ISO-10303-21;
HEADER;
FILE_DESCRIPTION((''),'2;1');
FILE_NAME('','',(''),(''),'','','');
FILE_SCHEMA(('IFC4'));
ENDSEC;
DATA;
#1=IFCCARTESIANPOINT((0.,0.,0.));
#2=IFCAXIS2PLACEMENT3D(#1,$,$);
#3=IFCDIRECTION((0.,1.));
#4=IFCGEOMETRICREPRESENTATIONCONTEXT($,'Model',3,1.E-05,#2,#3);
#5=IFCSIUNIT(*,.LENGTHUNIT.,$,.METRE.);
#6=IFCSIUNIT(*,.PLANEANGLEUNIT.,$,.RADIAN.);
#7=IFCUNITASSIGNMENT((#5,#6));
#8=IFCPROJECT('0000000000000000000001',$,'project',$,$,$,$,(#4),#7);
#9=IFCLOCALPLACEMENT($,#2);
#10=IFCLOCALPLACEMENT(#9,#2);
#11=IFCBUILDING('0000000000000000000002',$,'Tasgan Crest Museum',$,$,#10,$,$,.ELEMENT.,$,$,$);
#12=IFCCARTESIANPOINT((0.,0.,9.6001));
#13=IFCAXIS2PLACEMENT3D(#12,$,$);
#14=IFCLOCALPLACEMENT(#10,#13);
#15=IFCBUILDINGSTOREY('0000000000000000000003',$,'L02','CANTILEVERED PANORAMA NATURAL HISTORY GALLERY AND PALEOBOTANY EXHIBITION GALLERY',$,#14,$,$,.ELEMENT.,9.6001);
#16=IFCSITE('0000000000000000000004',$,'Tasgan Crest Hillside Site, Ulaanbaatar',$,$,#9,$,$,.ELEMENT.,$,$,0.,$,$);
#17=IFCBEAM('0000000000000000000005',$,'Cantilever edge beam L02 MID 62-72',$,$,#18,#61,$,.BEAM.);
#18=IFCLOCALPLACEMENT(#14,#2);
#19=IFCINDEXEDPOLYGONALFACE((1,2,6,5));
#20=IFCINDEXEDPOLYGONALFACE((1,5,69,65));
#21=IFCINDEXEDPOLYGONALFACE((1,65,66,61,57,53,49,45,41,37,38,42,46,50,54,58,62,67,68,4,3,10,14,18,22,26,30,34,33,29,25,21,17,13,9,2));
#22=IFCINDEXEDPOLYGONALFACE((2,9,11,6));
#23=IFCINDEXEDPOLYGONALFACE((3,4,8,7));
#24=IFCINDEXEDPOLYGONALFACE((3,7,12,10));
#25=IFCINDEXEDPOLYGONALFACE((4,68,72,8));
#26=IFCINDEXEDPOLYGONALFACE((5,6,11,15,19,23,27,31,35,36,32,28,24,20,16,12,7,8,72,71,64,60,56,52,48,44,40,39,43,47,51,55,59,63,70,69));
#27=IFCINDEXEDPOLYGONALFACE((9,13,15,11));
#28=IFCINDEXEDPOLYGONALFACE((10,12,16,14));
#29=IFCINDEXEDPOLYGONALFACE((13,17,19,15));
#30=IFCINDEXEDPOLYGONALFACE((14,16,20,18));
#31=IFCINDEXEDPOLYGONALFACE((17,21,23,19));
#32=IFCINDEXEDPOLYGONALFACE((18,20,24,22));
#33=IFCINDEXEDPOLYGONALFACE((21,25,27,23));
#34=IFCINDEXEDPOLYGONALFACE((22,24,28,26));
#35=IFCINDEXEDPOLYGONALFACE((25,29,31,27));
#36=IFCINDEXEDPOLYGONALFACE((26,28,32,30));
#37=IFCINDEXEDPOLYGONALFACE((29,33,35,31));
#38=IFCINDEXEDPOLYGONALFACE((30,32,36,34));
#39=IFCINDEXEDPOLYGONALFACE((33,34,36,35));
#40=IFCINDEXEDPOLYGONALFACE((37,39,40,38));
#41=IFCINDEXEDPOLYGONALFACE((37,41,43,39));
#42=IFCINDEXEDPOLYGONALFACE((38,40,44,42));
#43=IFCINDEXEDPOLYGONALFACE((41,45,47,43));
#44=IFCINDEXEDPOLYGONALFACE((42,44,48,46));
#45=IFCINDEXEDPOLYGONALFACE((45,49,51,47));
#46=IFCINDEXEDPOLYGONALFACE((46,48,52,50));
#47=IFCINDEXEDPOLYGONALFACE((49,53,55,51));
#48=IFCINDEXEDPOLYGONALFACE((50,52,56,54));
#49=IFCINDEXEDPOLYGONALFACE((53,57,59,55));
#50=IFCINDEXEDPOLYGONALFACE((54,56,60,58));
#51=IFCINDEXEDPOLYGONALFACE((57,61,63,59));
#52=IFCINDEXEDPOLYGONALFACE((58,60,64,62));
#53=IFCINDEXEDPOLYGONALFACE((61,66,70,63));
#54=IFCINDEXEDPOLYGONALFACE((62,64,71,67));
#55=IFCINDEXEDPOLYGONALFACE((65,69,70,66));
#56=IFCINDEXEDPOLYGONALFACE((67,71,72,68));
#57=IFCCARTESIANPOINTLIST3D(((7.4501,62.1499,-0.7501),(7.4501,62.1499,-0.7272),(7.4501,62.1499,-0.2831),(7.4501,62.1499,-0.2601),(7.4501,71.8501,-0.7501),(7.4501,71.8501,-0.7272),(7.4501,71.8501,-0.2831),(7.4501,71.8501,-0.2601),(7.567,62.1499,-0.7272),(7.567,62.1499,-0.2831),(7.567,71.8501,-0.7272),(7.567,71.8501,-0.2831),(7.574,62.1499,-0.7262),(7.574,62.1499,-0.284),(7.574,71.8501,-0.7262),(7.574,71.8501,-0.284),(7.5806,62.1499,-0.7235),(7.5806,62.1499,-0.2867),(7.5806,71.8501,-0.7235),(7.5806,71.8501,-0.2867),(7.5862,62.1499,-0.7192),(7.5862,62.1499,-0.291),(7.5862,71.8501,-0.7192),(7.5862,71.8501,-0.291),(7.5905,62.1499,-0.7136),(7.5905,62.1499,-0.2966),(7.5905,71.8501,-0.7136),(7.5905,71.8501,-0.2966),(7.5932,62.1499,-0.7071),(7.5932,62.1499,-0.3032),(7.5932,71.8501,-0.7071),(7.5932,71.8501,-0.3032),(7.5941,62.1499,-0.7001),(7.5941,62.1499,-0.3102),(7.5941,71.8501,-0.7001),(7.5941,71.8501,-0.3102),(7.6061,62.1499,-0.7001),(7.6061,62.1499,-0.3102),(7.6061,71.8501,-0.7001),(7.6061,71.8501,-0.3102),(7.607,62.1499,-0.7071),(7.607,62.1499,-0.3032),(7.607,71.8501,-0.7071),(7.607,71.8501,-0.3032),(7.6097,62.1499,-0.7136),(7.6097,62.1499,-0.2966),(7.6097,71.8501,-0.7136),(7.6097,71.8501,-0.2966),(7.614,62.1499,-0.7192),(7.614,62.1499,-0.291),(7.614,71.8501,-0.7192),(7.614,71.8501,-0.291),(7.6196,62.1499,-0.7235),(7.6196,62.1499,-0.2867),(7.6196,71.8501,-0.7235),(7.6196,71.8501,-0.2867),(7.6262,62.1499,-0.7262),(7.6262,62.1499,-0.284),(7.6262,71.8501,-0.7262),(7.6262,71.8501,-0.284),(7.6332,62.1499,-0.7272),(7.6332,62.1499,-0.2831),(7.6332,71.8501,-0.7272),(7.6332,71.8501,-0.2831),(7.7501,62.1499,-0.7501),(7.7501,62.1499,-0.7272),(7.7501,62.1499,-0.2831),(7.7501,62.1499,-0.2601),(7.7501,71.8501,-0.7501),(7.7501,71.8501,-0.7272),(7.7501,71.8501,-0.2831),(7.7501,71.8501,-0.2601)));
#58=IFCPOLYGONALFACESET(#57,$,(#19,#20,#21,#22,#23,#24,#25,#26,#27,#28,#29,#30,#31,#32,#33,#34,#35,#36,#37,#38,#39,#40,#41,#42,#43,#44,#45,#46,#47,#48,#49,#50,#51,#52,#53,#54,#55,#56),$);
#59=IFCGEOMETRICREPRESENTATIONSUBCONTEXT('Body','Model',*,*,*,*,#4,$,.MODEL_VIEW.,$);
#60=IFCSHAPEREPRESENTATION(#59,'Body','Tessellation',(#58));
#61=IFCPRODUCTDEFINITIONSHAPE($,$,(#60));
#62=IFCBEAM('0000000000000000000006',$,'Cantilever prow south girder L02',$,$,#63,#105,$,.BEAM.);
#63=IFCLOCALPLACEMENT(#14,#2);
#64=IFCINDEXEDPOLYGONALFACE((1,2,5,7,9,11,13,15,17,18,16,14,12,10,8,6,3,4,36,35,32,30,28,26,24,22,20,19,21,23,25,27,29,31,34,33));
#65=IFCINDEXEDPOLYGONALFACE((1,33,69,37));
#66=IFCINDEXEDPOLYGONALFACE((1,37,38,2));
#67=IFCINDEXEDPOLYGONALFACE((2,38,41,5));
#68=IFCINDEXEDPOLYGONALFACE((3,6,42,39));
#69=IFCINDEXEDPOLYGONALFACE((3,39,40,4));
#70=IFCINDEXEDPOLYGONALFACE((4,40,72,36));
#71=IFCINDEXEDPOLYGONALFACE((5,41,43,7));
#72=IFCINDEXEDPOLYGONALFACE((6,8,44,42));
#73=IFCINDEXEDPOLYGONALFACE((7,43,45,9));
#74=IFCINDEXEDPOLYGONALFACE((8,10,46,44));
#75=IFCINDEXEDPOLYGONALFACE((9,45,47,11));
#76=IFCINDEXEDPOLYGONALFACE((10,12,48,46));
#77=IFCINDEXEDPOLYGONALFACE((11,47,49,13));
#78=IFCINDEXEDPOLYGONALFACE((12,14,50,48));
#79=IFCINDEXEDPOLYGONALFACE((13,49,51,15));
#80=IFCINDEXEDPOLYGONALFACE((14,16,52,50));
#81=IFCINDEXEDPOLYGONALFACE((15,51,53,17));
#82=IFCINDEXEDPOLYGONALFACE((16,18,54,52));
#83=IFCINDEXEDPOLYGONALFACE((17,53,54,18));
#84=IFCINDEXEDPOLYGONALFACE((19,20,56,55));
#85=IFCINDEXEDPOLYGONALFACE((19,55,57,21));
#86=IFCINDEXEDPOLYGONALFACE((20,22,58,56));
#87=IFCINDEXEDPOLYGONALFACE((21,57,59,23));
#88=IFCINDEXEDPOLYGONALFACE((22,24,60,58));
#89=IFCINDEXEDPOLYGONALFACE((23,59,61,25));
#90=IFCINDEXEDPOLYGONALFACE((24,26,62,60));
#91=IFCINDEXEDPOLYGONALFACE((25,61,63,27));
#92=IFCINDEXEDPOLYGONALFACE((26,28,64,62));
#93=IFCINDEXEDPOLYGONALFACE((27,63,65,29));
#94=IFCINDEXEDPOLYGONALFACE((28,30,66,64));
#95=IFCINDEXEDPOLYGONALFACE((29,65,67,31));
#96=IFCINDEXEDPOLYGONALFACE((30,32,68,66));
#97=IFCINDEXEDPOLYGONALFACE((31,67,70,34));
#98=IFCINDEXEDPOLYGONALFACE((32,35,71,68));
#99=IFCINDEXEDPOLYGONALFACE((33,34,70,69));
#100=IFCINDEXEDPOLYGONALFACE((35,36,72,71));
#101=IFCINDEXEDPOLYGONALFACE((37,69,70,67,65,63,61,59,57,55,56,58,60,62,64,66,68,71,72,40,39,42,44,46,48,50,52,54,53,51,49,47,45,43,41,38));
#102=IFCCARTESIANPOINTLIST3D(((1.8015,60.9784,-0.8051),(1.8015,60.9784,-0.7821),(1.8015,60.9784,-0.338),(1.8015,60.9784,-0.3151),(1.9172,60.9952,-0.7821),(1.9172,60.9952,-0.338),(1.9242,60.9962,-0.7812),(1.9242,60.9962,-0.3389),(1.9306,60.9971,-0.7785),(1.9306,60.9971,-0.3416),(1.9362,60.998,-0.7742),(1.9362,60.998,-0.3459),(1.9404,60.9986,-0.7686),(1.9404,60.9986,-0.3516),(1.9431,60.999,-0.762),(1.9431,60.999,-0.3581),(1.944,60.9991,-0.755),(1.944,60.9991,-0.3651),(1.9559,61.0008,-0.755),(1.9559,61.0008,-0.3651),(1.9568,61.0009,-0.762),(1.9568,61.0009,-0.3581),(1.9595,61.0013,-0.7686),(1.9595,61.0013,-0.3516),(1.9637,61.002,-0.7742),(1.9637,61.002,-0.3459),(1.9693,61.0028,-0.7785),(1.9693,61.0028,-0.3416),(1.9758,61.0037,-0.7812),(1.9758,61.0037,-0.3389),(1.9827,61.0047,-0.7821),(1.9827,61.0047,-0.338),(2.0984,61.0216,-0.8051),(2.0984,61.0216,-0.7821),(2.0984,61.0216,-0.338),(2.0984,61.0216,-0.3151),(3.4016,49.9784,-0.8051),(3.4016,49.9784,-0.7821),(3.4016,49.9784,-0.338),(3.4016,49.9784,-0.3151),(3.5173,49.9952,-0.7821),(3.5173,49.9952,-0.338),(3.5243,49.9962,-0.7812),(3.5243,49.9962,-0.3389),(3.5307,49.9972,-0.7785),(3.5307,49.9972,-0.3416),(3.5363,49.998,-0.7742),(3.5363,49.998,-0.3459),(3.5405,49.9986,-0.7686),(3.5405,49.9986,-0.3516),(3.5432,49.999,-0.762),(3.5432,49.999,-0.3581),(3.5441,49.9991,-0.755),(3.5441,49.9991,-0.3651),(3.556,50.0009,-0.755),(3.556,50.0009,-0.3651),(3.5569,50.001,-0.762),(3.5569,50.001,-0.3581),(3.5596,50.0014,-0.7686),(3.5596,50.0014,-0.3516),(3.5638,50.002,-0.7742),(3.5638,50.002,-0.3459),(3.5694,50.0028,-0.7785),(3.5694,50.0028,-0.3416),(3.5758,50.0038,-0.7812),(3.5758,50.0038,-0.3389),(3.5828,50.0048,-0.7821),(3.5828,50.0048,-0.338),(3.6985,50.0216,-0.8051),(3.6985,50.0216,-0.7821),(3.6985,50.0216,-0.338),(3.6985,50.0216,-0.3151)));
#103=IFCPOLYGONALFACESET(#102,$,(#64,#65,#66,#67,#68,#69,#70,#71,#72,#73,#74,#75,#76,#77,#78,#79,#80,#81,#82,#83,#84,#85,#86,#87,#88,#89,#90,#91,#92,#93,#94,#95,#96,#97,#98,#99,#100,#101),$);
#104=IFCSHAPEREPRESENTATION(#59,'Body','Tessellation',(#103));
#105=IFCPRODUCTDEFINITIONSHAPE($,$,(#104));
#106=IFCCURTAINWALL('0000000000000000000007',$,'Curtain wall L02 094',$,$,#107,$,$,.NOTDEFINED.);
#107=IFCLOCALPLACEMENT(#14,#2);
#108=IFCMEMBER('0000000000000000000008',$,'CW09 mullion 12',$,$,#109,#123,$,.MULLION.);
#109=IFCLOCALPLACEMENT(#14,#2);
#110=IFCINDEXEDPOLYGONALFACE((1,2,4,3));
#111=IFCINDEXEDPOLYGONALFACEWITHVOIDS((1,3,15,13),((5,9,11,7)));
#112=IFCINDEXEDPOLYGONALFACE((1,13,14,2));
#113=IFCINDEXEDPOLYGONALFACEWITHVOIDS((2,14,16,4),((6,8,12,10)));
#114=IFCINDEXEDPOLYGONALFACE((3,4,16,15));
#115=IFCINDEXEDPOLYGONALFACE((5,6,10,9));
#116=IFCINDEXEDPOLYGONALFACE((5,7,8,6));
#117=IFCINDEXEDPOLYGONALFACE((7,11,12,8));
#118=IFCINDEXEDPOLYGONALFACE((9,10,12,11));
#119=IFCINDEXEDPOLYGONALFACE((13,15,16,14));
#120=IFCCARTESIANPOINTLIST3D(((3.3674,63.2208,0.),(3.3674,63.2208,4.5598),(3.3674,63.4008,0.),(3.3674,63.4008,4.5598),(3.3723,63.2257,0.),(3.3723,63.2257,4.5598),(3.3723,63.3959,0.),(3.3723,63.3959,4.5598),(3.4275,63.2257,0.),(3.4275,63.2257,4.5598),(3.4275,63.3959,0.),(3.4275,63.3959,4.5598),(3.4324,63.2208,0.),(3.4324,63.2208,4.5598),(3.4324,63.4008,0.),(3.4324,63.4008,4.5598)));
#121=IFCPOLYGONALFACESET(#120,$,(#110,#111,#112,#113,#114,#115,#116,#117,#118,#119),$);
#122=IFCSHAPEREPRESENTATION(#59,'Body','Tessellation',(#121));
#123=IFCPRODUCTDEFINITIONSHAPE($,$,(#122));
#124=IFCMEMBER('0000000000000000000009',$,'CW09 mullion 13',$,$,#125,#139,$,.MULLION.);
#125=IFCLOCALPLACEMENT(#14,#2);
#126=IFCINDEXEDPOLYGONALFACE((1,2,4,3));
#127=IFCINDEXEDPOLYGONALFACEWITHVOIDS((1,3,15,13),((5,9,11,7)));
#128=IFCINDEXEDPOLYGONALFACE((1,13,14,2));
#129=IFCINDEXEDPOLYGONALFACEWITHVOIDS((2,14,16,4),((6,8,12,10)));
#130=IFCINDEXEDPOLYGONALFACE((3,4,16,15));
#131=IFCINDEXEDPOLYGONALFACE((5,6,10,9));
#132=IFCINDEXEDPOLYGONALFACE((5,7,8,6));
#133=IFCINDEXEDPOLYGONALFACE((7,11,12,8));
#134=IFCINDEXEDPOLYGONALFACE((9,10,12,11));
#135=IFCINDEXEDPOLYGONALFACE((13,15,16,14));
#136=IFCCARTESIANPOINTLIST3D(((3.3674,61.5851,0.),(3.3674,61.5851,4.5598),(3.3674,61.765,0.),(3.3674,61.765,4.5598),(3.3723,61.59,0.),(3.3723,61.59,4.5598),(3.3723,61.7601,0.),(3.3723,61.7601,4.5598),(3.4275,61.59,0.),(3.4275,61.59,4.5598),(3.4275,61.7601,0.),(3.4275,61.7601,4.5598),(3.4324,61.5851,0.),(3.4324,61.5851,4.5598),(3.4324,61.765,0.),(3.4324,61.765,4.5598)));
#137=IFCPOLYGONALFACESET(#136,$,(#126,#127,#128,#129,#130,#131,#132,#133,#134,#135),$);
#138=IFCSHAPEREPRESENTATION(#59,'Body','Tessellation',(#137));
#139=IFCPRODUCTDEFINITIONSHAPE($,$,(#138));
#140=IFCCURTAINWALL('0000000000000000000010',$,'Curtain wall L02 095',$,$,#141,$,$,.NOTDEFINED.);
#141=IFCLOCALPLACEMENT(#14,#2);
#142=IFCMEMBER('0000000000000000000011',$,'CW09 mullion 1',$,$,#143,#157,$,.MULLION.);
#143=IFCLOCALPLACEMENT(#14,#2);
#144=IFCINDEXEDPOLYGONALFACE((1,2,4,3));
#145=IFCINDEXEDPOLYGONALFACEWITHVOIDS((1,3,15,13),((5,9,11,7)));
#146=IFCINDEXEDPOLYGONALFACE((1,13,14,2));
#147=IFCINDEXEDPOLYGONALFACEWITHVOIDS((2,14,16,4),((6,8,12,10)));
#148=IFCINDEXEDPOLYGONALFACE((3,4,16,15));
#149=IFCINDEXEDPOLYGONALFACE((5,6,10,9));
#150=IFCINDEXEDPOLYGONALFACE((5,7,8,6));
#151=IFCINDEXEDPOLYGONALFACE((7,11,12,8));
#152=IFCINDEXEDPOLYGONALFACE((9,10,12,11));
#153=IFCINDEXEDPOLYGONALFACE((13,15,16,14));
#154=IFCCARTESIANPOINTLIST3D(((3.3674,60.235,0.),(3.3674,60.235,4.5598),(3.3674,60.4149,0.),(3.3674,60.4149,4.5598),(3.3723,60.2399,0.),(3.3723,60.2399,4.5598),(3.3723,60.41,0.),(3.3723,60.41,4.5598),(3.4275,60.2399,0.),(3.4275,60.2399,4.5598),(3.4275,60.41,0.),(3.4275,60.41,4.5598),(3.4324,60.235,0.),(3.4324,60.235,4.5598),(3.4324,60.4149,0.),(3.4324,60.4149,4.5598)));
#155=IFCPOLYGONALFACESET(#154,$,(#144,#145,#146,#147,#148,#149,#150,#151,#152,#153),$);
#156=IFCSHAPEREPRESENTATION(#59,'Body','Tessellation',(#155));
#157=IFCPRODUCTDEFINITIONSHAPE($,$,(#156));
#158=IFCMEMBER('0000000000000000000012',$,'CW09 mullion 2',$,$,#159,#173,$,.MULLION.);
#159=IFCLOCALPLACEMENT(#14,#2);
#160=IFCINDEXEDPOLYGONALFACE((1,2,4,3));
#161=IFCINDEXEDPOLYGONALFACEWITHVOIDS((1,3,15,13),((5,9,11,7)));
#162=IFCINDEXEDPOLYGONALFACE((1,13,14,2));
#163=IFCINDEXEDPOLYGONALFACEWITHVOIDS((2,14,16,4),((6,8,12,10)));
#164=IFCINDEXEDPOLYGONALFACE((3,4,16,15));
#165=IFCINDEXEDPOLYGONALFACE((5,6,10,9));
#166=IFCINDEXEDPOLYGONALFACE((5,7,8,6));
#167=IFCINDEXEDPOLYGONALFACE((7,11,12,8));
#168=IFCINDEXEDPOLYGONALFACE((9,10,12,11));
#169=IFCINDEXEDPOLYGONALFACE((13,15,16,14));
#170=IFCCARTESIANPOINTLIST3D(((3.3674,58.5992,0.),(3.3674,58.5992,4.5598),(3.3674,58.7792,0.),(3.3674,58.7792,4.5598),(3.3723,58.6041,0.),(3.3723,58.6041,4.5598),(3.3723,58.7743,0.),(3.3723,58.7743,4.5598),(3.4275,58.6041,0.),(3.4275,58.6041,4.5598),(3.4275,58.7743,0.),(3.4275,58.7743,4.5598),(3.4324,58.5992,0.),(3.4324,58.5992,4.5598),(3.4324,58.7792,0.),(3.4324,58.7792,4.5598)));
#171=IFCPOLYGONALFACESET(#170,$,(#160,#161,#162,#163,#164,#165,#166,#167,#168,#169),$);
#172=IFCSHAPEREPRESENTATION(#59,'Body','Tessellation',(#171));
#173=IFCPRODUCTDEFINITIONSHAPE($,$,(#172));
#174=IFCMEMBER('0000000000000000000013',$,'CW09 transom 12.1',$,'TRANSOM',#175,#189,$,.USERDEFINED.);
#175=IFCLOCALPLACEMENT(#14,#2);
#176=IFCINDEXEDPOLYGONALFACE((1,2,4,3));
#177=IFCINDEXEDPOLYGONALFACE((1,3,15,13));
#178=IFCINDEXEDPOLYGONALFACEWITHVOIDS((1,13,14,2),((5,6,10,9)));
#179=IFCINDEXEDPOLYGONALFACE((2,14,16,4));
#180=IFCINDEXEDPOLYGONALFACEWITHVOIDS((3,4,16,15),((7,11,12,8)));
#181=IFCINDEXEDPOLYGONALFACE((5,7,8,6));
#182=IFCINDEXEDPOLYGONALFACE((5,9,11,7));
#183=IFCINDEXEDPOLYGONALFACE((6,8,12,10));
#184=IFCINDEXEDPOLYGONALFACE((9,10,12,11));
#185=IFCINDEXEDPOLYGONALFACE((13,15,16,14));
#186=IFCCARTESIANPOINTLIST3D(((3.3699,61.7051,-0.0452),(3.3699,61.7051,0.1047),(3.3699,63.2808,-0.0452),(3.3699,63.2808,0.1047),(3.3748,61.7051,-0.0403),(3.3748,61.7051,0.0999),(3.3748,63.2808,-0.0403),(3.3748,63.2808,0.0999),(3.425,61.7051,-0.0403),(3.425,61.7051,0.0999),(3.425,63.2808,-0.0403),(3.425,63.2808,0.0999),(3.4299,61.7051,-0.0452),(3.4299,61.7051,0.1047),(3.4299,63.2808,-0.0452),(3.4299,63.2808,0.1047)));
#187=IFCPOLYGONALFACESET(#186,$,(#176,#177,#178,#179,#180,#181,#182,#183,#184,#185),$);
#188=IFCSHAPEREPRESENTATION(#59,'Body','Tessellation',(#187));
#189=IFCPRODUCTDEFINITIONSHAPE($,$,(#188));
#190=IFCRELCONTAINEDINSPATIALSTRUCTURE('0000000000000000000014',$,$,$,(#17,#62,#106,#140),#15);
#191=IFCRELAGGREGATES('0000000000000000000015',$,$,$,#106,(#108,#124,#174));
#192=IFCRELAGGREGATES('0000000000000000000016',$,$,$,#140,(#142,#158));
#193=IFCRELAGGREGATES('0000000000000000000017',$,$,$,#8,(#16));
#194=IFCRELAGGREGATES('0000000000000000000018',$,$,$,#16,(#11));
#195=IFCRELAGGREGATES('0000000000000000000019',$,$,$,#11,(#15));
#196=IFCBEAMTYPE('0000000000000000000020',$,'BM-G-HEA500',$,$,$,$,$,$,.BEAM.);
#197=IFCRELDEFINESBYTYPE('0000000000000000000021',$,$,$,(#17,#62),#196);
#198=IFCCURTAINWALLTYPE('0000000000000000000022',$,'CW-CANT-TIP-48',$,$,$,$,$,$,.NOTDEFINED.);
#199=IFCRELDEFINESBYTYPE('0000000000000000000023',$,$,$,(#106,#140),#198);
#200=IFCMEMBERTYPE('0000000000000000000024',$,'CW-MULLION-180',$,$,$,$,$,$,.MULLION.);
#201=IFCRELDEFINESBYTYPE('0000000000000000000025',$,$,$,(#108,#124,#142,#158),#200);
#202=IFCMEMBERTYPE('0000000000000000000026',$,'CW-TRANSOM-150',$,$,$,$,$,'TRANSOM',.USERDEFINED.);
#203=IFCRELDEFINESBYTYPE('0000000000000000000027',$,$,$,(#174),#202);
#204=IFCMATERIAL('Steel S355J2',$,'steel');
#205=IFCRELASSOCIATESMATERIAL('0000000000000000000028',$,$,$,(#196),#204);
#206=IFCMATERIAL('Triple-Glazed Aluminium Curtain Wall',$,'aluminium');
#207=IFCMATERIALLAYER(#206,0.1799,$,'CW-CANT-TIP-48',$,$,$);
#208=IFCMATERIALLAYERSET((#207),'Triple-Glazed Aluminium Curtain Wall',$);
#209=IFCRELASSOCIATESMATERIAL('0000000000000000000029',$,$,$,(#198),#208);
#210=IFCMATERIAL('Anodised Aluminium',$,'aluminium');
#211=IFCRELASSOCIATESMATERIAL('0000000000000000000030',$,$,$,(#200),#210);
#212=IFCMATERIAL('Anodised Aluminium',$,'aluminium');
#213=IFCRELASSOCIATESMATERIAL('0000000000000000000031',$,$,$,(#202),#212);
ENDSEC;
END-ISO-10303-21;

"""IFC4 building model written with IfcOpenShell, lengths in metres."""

from ifc_helpers import new_model, si_unit, direction, frame, origin, origin_2d, place, context, subcontext, project, spatial, hollow_rectangle, i_section, extrude, material, layer, layer_set, material_profile, profile_set, type_object, element, aggregate, save


model = new_model("IFC4")

# Units and contexts
model_context = context("Model", 3, precision=1e-05, world=origin(), true_north=direction((0.0, 1.0)))
body_context = subcontext(model_context, "Body", "Model", "MODEL_VIEW")
ifc_project = project(units=[si_unit("LENGTHUNIT", "METRE"), si_unit("PLANEANGLEUNIT", "RADIAN")], contexts=[model_context])

# Site, building, storey
site_placement = place(None, origin())
site = spatial("IfcSite", under=ifc_project, at=site_placement, Name="Tasgan Crest Hillside Site, Ulaanbaatar", CompositionType="ELEMENT", RefElevation=0.0)
building_placement = place(site_placement, origin())
building = spatial("IfcBuilding", under=site, at=building_placement, Name="Tasgan Crest Museum", CompositionType="ELEMENT")
storey_placement = place(building_placement, frame((0.0, 0.0, 9.6001)))
storey = spatial("IfcBuildingStorey", under=building, at=storey_placement, Name="L02", Description="CANTILEVERED PANORAMA NATURAL HISTORY GALLERY AND PALEOBOTANY EXHIBITION GALLERY", CompositionType="ELEMENT", Elevation=9.6001)

# Beams
ifc_material_1 = material(Name="Steel S355J2", Category="steel")
ifc_material_profile_1 = material_profile(ifc_material_1, i_section(OverallWidth=0.3, OverallDepth=0.49, WebThickness=0.012, FlangeThickness=0.0229, FilletRadius=0.0271, at=origin_2d()), Name="HEA 500")
ifc_profile_set_1 = profile_set([ifc_material_profile_1], Name="Steel S355J2")
beam_type_1 = type_object("IfcBeamType", Name="BM-G-HEA500", PredefinedType="BEAM", material=ifc_profile_set_1)
for number, where, z_axis, x_axis, name in (
    (1, (7.6001, 62.1499, -0.5051), (0.0, 1.0, 0.0), (-1.0, 0.0, 0.0), "Cantilever edge beam L02 MID 62-72"),
):
    element("IfcBeam", number, at=place(storey_placement, frame(where, z_axis=z_axis, x_axis=x_axis)), inside=storey, type_object=beam_type_1, Name=name, PredefinedType="BEAM", context=body_context, shape_type="SweptSolid", body=[
        extrude(i_section(OverallWidth=0.3, OverallDepth=0.49, WebThickness=0.012, FlangeThickness=0.0229, FilletRadius=0.0271, at=origin_2d()), origin(), (0.0, 0.0, 1.0), 9.7002),
    ])
beam_1_placement = place(storey_placement, frame((3.55, 50.0, -0.5601), z_axis=(-0.143948, 0.989585, 0.0), x_axis=(-0.989585, -0.143948, 0.0)))
element("IfcBeam", 2, at=beam_1_placement, inside=storey, type_object=beam_type_1, Name="Cantilever prow south girder L02", PredefinedType="BEAM", context=body_context, shape_type="SweptSolid", body=[
    extrude(i_section(OverallWidth=0.3, OverallDepth=0.49, WebThickness=0.012, FlangeThickness=0.0229, FilletRadius=0.0271, at=origin_2d()), origin(), (0.0, 0.0, 1.0), 11.1157),
])

# Curtain walls, members
ifc_material_2 = material(Name="Triple-Glazed Aluminium Curtain Wall", Category="aluminium")
ifc_layer_1 = layer(ifc_material_2, 0.1799, Name="CW-CANT-TIP-48")
ifc_layer_set_1 = layer_set([ifc_layer_1], Name="Triple-Glazed Aluminium Curtain Wall")
curtain_wall_type = type_object("IfcCurtainWallType", Name="CW-CANT-TIP-48", PredefinedType="NOTDEFINED", material=ifc_layer_set_1)
curtain_wall_1_placement = place(storey_placement, origin())
curtain_wall_1 = element("IfcCurtainWall", 3, at=curtain_wall_1_placement, inside=storey, type_object=curtain_wall_type, Name="Curtain wall L02 094", PredefinedType="NOTDEFINED")
ifc_material_3 = material(Name="Anodised Aluminium", Category="aluminium")
ifc_material_profile_2 = material_profile(ifc_material_3, hollow_rectangle(XDim=0.0649, YDim=0.1799, WallThickness=0.0049, at=origin_2d()), Name="ALU MULLION 180x65x5")
ifc_profile_set_2 = profile_set([ifc_material_profile_2], Name="Anodised Aluminium")
member_type_1 = type_object("IfcMemberType", Name="CW-MULLION-180", PredefinedType="MULLION", material=ifc_profile_set_2)
member_1_placement = place(storey_placement, frame((3.3999, 63.3108, 0.0), z_axis=(0.0, 0.0, 1.0), x_axis=(1.0, 0.0, 0.0)))
member_1 = element("IfcMember", 4, at=member_1_placement, type_object=member_type_1, Name="CW09 mullion 12", PredefinedType="MULLION", context=body_context, shape_type="SweptSolid", body=[
    extrude(hollow_rectangle(XDim=0.0649, YDim=0.1799, WallThickness=0.0049, at=origin_2d()), origin(), (0.0, 0.0, 1.0), 4.5598),
])
member_2_placement = place(storey_placement, frame((3.3999, 61.675, 0.0), z_axis=(0.0, 0.0, 1.0), x_axis=(1.0, 0.0, 0.0)))
member_2 = element("IfcMember", 5, at=member_2_placement, type_object=member_type_1, Name="CW09 mullion 13", PredefinedType="MULLION", context=body_context, shape_type="SweptSolid", body=[
    extrude(hollow_rectangle(XDim=0.0649, YDim=0.1799, WallThickness=0.0049, at=origin_2d()), origin(), (0.0, 0.0, 1.0), 4.5598),
])
curtain_wall_2_placement = place(storey_placement, origin())
curtain_wall_2 = element("IfcCurtainWall", 6, at=curtain_wall_2_placement, inside=storey, type_object=curtain_wall_type, Name="Curtain wall L02 095", PredefinedType="NOTDEFINED")
member_3_placement = place(storey_placement, frame((3.3999, 60.325, 0.0), z_axis=(0.0, 0.0, 1.0), x_axis=(1.0, 0.0, 0.0)))
member_3 = element("IfcMember", 7, at=member_3_placement, type_object=member_type_1, Name="CW09 mullion 1", PredefinedType="MULLION", context=body_context, shape_type="SweptSolid", body=[
    extrude(hollow_rectangle(XDim=0.0649, YDim=0.1799, WallThickness=0.0049, at=origin_2d()), origin(), (0.0, 0.0, 1.0), 4.5598),
])
member_4_placement = place(storey_placement, frame((3.3999, 58.6892, 0.0), z_axis=(0.0, 0.0, 1.0), x_axis=(1.0, 0.0, 0.0)))
member_4 = element("IfcMember", 8, at=member_4_placement, type_object=member_type_1, Name="CW09 mullion 2", PredefinedType="MULLION", context=body_context, shape_type="SweptSolid", body=[
    extrude(hollow_rectangle(XDim=0.0649, YDim=0.1799, WallThickness=0.0049, at=origin_2d()), origin(), (0.0, 0.0, 1.0), 4.5598),
])

# Member
ifc_material_4 = material(Name="Anodised Aluminium", Category="aluminium")
ifc_material_profile_3 = material_profile(ifc_material_4, hollow_rectangle(XDim=0.0601, YDim=0.1499, WallThickness=0.0049, at=origin_2d()), Name="ALU TRANSOM 150x60x5")
ifc_profile_set_3 = profile_set([ifc_material_profile_3], Name="Anodised Aluminium")
member_type_2 = type_object("IfcMemberType", Name="CW-TRANSOM-150", ElementType="TRANSOM", PredefinedType="USERDEFINED", material=ifc_profile_set_3)
member_5_placement = place(storey_placement, frame((3.3999, 63.2808, 0.0298), z_axis=(0.0, -1.0, 0.0), x_axis=(1.0, 0.0, 0.0)))
member_5 = element("IfcMember", 9, at=member_5_placement, type_object=member_type_2, Name="CW09 transom 12.1", ObjectType="TRANSOM", PredefinedType="USERDEFINED", context=body_context, shape_type="SweptSolid", body=[
    extrude(hollow_rectangle(XDim=0.0601, YDim=0.1499, WallThickness=0.0049, at=origin_2d()), origin(), (0.0, 0.0, 1.0), 1.5757),
])

aggregate(curtain_wall_1, [member_1, member_2, member_5])
aggregate(curtain_wall_2, [member_3, member_4])

save(model, "model.ifc")
